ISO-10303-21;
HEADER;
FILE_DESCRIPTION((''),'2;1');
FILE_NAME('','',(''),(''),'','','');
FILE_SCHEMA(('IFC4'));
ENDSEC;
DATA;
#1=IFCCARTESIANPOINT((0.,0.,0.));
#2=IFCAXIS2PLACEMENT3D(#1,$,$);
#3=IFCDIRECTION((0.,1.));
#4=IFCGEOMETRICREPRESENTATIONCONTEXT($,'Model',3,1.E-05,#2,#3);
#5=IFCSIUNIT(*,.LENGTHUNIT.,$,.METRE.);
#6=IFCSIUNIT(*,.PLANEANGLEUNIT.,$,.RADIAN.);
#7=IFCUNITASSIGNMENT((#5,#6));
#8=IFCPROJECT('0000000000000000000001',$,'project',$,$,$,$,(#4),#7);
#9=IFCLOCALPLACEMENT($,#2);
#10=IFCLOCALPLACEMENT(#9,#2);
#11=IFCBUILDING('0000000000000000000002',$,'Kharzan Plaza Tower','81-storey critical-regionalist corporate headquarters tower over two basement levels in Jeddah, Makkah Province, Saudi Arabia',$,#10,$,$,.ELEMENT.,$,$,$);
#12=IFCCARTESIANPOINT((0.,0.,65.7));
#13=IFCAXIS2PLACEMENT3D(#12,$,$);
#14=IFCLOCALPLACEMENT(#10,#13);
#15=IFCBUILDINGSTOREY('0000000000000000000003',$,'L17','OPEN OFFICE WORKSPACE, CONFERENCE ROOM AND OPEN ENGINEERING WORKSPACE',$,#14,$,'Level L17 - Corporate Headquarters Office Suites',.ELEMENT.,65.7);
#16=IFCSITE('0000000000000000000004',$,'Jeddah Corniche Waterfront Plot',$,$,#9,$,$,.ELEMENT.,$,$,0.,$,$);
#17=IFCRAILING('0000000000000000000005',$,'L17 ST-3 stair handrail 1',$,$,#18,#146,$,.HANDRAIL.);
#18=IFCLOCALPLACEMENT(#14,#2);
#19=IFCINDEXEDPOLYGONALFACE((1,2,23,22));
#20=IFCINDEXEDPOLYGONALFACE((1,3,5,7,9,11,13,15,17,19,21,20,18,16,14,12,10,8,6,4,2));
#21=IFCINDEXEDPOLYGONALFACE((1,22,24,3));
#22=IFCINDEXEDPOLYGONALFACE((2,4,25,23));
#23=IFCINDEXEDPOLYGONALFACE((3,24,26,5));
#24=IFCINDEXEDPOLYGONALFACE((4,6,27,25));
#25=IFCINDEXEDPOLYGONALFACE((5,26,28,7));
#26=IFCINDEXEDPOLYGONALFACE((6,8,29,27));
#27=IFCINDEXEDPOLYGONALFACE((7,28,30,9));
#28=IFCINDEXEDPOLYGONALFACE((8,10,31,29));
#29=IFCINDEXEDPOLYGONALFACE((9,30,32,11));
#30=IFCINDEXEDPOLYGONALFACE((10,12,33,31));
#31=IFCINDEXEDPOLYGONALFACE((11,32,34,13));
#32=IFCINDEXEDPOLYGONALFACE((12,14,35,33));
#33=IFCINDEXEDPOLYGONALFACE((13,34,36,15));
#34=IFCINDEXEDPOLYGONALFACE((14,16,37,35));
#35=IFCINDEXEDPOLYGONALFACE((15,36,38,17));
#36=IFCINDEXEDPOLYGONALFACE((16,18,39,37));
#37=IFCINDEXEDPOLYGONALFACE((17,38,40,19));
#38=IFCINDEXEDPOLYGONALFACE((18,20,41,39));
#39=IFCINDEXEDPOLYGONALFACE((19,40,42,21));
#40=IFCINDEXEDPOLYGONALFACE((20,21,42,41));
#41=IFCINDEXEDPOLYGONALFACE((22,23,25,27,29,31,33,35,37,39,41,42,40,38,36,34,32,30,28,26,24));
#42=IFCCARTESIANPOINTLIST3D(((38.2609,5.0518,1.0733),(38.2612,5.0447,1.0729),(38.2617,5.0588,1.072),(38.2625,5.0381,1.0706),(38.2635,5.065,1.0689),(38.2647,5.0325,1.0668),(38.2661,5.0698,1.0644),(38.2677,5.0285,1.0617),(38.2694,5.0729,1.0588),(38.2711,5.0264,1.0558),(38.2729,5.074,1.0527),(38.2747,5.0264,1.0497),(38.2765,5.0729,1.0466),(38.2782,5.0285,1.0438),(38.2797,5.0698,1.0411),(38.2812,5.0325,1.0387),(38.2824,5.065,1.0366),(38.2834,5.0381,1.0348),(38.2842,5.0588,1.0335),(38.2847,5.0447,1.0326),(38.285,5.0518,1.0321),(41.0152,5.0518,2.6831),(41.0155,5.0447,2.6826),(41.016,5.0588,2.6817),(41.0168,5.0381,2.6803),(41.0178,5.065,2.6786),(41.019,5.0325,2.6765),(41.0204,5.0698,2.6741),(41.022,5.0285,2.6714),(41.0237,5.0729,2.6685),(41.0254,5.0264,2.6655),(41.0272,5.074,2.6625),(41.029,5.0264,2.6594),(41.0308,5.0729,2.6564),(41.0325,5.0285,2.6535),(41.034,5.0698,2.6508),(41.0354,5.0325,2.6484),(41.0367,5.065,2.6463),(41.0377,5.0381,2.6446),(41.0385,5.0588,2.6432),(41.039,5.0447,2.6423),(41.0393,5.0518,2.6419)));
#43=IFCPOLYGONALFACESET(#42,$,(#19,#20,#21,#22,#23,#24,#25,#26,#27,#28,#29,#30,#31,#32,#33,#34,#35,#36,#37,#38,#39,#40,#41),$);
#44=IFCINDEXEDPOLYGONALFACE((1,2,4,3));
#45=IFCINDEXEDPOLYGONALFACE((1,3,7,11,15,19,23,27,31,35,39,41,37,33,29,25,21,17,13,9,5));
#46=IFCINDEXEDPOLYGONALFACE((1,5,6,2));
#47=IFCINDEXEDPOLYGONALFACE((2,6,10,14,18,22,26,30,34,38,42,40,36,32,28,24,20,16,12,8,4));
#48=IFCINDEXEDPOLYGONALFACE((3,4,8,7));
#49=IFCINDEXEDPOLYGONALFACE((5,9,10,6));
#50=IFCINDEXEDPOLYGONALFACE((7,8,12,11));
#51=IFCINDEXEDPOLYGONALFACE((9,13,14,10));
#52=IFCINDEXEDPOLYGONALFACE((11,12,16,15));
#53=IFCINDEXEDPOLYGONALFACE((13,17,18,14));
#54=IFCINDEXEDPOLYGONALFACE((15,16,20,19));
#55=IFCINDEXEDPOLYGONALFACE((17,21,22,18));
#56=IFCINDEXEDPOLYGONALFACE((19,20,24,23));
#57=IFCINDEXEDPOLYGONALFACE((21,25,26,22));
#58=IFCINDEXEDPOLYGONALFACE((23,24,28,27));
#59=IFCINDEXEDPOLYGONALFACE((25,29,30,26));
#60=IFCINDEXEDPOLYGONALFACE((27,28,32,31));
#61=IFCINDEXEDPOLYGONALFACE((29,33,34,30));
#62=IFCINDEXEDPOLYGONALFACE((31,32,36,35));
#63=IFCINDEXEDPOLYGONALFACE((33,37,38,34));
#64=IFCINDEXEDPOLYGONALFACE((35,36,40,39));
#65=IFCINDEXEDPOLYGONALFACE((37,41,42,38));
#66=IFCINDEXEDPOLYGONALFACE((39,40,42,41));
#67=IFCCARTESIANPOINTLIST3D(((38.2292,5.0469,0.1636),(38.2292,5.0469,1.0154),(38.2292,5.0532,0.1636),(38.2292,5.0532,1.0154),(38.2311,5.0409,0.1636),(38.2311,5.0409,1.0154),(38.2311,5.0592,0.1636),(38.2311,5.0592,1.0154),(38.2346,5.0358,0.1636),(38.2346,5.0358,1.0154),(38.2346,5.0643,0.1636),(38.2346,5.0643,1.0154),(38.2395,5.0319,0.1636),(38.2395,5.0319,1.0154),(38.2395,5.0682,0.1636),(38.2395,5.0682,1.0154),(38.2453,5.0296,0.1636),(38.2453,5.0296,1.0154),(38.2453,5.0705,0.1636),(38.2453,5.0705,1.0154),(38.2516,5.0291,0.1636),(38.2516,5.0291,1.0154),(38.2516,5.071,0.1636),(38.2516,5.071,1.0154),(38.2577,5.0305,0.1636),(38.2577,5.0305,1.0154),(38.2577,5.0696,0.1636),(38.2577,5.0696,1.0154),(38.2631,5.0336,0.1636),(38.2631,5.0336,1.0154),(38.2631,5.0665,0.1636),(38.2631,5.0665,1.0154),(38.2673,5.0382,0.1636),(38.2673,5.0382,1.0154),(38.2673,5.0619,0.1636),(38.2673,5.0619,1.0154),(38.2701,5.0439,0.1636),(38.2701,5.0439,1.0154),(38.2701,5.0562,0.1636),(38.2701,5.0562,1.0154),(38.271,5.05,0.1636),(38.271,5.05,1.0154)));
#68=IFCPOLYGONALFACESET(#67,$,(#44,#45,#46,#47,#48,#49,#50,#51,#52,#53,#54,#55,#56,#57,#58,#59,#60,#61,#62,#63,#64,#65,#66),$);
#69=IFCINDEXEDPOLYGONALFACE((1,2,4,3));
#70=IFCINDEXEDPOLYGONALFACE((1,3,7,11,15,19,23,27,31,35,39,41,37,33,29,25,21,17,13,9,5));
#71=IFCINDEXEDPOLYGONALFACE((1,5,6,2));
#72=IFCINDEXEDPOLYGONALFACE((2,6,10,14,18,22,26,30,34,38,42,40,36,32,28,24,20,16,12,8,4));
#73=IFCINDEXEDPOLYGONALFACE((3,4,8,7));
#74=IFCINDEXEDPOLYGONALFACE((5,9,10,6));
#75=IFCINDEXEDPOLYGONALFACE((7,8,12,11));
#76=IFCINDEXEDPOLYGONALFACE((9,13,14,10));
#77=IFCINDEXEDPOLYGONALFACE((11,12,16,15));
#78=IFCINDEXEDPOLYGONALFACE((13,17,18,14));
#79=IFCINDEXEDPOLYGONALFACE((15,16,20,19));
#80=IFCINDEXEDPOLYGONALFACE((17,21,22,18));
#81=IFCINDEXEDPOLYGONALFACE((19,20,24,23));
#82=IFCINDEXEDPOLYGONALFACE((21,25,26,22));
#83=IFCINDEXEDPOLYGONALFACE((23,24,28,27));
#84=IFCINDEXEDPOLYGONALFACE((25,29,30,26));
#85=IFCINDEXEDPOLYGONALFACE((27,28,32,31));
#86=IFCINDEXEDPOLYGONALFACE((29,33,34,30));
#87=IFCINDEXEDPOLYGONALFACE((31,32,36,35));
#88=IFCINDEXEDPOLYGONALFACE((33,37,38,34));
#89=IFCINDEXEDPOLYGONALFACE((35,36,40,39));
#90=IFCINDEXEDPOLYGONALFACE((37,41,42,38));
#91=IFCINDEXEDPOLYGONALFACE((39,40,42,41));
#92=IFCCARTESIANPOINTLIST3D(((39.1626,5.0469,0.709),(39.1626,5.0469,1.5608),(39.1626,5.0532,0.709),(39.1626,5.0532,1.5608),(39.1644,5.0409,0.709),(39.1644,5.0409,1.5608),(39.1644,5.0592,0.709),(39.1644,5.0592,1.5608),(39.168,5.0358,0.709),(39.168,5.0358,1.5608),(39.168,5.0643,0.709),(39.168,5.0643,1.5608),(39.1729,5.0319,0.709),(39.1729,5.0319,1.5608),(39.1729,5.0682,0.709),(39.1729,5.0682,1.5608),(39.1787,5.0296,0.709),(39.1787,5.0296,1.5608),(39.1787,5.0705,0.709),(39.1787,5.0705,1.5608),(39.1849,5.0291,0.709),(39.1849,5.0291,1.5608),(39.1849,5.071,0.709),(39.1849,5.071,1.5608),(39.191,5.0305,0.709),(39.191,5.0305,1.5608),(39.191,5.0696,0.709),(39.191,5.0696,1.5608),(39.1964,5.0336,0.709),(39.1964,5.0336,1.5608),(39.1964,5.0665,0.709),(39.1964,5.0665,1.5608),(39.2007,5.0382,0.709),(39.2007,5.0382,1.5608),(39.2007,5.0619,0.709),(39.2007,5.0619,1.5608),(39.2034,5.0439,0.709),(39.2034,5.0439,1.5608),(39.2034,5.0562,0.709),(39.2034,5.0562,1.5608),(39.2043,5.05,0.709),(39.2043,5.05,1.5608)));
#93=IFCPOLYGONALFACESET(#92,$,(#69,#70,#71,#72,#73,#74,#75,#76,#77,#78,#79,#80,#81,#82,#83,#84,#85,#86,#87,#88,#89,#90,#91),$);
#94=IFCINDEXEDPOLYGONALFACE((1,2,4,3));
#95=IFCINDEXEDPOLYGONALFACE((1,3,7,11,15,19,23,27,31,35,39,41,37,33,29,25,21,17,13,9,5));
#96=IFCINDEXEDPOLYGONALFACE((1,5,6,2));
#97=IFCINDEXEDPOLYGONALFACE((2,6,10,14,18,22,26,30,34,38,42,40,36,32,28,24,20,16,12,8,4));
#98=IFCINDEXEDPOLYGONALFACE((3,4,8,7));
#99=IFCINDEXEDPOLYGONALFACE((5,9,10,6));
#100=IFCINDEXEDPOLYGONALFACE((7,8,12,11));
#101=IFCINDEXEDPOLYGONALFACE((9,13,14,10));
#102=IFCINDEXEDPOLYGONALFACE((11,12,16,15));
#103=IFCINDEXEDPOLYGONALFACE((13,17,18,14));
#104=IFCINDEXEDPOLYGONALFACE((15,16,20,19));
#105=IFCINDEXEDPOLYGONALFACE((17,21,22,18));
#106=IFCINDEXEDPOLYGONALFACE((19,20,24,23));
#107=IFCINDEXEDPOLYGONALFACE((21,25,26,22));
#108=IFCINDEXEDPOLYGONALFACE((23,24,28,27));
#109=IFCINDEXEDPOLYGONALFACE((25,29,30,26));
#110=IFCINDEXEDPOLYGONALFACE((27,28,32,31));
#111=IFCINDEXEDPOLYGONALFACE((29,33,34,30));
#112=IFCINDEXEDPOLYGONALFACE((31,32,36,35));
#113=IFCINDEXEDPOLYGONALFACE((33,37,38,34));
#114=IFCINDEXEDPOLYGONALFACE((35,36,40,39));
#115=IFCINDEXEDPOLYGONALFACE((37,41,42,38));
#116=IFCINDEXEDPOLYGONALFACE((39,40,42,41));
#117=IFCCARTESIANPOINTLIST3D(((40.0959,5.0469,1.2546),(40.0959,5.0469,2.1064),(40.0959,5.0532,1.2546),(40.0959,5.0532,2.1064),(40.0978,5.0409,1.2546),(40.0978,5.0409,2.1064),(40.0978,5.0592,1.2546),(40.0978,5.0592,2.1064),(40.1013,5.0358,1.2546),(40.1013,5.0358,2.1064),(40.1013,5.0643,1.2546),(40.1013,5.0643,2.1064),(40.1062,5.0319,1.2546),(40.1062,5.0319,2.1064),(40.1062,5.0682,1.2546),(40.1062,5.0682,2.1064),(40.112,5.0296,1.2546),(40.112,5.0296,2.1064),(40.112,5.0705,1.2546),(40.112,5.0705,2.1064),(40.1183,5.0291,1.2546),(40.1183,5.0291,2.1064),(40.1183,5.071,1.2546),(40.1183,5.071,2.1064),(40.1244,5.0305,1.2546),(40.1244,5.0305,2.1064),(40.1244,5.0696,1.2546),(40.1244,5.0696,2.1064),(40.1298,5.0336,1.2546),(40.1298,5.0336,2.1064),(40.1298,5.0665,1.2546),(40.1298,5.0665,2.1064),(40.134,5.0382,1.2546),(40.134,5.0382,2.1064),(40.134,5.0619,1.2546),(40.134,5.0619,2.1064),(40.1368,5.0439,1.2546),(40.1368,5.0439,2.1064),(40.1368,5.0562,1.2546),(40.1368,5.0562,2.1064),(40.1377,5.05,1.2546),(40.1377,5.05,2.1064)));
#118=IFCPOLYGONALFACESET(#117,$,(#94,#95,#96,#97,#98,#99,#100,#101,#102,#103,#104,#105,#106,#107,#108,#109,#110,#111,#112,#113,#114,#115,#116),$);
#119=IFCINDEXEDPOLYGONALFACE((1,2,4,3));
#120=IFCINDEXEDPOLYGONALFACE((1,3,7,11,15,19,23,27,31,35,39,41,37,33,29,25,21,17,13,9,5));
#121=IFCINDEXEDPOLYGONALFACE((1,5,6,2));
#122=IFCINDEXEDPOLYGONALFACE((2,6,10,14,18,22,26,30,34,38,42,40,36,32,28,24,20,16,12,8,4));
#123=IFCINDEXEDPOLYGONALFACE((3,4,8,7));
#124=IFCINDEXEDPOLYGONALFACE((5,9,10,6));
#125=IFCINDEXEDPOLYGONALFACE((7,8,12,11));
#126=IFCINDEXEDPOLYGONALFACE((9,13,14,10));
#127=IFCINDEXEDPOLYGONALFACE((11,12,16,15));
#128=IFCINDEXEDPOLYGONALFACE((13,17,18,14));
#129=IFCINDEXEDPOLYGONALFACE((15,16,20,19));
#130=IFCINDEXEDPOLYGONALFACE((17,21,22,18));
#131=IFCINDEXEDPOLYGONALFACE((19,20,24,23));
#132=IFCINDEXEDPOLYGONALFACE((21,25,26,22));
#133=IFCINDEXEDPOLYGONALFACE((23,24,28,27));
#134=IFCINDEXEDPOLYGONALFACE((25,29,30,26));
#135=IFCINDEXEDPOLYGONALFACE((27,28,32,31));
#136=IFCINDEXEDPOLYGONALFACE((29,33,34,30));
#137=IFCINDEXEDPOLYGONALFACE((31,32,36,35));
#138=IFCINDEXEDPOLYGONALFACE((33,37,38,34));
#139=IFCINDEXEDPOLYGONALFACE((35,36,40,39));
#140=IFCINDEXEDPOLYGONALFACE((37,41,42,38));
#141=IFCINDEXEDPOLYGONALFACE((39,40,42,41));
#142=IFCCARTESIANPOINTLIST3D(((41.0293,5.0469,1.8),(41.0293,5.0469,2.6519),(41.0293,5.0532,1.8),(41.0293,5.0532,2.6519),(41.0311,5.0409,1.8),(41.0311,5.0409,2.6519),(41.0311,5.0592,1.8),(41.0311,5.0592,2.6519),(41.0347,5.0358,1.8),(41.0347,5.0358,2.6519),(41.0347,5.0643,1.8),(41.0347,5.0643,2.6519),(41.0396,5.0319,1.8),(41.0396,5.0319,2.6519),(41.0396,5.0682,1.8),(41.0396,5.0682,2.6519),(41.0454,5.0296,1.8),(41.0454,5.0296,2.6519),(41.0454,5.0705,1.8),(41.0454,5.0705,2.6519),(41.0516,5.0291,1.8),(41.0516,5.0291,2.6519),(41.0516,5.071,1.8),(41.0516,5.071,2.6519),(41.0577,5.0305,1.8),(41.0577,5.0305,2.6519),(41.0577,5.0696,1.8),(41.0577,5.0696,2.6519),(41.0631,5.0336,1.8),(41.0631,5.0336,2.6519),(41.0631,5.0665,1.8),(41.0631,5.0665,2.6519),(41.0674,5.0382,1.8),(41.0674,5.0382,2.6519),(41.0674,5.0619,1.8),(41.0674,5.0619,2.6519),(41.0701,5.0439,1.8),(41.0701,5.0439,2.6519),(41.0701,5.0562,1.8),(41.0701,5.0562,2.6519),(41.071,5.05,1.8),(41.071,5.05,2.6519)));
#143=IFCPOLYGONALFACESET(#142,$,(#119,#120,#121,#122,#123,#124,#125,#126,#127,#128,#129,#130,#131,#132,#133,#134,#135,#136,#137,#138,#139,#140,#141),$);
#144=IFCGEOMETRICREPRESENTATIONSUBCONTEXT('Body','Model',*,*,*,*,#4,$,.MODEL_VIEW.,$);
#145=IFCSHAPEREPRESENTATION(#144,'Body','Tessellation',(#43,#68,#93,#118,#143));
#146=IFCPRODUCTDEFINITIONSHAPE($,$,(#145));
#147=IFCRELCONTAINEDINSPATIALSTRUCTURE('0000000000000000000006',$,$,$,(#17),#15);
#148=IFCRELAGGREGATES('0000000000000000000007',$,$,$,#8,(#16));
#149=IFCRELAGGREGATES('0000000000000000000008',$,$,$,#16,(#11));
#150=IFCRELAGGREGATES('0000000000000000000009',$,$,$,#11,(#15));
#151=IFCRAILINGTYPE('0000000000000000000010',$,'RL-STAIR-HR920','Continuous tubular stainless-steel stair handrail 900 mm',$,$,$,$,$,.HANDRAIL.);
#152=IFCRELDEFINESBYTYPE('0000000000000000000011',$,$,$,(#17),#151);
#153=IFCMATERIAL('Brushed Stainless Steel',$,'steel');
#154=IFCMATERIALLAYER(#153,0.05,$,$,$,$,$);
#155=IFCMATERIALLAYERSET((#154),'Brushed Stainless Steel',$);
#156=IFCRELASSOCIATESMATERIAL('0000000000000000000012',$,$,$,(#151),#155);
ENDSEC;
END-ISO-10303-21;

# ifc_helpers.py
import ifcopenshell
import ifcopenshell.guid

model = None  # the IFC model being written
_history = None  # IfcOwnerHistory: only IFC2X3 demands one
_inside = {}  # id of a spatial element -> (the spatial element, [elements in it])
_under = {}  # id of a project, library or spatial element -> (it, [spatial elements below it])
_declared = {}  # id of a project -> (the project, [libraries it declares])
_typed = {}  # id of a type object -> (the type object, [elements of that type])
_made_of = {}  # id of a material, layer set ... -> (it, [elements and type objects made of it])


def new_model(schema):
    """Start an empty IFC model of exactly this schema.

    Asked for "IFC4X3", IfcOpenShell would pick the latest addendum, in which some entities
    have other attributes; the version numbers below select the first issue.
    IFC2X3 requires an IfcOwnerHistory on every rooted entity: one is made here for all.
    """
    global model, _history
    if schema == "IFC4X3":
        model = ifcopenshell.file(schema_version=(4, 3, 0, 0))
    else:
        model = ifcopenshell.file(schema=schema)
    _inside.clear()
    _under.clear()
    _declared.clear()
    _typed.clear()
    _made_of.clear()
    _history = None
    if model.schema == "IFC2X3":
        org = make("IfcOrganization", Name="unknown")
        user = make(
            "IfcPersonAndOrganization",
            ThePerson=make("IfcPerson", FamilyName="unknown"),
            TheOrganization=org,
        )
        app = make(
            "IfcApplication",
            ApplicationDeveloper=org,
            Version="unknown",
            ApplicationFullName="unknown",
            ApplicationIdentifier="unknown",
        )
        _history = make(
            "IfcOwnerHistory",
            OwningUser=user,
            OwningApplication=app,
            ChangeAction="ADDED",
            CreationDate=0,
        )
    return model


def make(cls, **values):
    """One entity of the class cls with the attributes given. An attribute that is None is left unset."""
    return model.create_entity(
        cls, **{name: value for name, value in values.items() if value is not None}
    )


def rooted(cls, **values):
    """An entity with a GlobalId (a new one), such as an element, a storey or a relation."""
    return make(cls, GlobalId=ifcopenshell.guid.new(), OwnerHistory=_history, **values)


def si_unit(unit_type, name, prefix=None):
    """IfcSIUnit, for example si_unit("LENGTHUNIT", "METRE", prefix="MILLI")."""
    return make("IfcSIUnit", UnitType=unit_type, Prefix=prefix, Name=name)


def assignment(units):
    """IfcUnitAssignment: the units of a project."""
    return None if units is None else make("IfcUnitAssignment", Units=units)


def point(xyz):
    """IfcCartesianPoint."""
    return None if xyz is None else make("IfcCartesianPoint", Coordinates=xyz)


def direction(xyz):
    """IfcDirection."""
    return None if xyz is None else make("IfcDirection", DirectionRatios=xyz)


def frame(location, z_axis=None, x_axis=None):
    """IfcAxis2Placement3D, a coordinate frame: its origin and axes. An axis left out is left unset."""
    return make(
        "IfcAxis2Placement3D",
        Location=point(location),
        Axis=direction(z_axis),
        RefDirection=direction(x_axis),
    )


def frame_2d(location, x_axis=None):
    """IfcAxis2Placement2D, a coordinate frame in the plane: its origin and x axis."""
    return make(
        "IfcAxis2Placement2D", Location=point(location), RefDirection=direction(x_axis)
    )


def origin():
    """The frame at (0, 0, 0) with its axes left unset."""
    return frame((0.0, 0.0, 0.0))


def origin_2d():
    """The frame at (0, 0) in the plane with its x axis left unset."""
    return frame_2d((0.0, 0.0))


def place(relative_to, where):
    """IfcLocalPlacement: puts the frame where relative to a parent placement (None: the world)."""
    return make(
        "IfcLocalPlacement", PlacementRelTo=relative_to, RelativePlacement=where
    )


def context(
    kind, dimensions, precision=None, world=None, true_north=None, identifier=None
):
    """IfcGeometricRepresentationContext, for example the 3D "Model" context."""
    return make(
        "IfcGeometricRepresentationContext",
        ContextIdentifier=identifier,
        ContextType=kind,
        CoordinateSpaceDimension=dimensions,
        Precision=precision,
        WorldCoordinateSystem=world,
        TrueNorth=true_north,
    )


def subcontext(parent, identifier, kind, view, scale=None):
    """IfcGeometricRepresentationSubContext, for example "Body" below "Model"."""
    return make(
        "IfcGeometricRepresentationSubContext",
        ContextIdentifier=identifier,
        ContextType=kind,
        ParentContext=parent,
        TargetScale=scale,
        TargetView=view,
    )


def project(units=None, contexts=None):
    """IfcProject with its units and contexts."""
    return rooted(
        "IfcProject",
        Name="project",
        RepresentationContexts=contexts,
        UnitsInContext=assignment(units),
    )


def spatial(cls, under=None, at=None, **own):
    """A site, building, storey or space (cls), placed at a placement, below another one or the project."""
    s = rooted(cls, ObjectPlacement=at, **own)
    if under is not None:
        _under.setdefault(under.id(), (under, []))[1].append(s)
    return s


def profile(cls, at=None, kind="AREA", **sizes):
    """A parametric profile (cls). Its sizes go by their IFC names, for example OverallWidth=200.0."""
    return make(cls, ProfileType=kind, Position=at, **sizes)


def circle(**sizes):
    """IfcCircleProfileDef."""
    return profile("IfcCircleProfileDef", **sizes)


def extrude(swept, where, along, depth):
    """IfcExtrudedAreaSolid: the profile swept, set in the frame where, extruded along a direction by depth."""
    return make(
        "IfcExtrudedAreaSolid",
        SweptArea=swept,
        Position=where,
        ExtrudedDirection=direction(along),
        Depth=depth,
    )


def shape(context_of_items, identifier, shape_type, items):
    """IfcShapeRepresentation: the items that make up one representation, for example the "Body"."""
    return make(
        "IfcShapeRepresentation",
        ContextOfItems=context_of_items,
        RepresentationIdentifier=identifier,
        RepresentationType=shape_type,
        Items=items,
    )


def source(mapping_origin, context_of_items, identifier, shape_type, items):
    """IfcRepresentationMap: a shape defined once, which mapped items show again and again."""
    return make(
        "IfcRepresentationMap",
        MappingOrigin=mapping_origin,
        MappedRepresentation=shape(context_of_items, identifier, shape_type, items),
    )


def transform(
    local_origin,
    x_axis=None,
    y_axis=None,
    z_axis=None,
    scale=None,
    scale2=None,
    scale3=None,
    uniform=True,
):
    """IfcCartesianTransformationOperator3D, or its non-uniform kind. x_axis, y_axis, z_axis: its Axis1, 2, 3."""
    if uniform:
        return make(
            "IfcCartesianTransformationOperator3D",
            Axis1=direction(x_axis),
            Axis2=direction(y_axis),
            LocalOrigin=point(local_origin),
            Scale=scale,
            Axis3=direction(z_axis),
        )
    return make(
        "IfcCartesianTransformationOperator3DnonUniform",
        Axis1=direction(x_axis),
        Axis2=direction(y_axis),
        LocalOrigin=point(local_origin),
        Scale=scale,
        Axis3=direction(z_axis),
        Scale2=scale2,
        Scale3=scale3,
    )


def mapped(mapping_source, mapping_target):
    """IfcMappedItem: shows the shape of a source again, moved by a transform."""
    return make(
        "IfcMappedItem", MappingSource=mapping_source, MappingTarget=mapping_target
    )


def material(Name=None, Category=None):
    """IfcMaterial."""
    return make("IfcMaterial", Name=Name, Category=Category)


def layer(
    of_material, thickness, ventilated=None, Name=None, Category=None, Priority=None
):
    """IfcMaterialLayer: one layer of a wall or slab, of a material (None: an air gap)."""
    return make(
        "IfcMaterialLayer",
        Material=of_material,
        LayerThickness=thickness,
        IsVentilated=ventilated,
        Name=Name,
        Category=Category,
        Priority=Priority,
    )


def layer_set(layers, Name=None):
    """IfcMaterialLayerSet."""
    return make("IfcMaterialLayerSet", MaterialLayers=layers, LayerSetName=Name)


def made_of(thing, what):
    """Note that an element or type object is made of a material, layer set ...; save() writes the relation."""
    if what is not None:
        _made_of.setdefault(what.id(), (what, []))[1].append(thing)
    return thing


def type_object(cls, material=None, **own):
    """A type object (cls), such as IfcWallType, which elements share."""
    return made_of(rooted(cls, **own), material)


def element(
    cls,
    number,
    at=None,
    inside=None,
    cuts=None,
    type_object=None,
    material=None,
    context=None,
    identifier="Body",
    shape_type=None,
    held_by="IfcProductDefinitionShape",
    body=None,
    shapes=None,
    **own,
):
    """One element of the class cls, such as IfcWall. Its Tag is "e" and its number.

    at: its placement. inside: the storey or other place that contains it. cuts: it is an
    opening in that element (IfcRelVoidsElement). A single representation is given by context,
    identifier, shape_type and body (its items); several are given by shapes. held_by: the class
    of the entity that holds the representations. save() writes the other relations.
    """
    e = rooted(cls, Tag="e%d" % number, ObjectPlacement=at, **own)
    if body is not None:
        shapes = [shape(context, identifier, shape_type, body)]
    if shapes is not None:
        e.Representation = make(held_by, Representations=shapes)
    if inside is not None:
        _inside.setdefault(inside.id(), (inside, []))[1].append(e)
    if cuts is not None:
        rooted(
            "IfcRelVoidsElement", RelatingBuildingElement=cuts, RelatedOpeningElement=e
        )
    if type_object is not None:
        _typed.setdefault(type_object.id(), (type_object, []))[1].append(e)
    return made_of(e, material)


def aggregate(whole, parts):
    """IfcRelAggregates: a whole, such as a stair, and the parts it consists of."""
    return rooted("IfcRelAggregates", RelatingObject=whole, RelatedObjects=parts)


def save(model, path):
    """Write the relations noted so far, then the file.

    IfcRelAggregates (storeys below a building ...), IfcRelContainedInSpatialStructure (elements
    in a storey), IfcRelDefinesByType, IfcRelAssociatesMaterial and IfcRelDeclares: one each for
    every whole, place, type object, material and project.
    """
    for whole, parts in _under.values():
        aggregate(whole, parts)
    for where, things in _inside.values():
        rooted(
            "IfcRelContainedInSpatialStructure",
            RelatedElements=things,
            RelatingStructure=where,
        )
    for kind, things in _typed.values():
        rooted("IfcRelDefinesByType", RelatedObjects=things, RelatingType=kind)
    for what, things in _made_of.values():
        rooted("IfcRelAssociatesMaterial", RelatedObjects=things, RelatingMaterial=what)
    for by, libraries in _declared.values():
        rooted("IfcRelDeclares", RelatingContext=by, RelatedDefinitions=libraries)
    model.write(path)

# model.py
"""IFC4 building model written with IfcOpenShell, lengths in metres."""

from ifc_helpers import new_model, si_unit, direction, frame, origin, origin_2d, place, context, subcontext, project, spatial, circle, extrude, source, transform, mapped, material, layer, layer_set, type_object, element, save


model = new_model("IFC4")

# Units and contexts
model_context = context("Model", 3, precision=1e-05, world=origin(), true_north=direction((0.0, 1.0)))
body_context = subcontext(model_context, "Body", "Model", "MODEL_VIEW")
ifc_project = project(units=[si_unit("LENGTHUNIT", "METRE"), si_unit("PLANEANGLEUNIT", "RADIAN")], contexts=[model_context])

# Site, building, storey
site_placement = place(None, origin())
site = spatial("IfcSite", under=ifc_project, at=site_placement, Name="Jeddah Corniche Waterfront Plot", CompositionType="ELEMENT", RefElevation=0.0)
building_placement = place(site_placement, origin())
building = spatial("IfcBuilding", under=site, at=building_placement, Name="Kharzan Plaza Tower", Description="81-storey critical-regionalist corporate headquarters tower over two basement levels in Jeddah, Makkah Province, Saudi Arabia", CompositionType="ELEMENT")
storey_placement = place(building_placement, frame((0.0, 0.0, 65.7)))
storey = spatial("IfcBuildingStorey", under=building, at=storey_placement, Name="L17", Description="OPEN OFFICE WORKSPACE, CONFERENCE ROOM AND OPEN ENGINEERING WORKSPACE", LongName="Level L17 - Corporate Headquarters Office Suites", CompositionType="ELEMENT", Elevation=65.7)

# Shared definitions
ifc_material_1 = material(Name="Brushed Stainless Steel", Category="steel")

# Railing
ifc_layer_1 = layer(ifc_material_1, 0.05)
ifc_layer_set_1 = layer_set([ifc_layer_1], Name="Brushed Stainless Steel")
railing_type_1 = type_object("IfcRailingType", Name="RL-STAIR-HR920", Description="Continuous tubular stainless-steel stair handrail 900 mm", PredefinedType="HANDRAIL", material=ifc_layer_set_1)
shared_shape_1 = source(origin(), body_context, "Body", "SweptSolid", [
    extrude(circle(Radius=0.0239, at=origin_2d()), frame((0.0229, 0.0, 0.8892), z_axis=(0.863361, 0.0, 0.504587), x_axis=(0.0, 1.0, 0.0)), (0.0, 0.0, 1.0), 3.1902),
    extrude(circle(Radius=0.021, at=origin_2d()), origin(), (0.0, 0.0, 1.0), 0.8518),
    extrude(circle(Radius=0.021, at=origin_2d()), frame((0.9333, 0.0, 0.5454)), (0.0, 0.0, 1.0), 0.8518),
    extrude(circle(Radius=0.021, at=origin_2d()), frame((1.8667, 0.0, 1.0911)), (0.0, 0.0, 1.0), 0.8518),
    extrude(circle(Radius=0.021, at=origin_2d()), frame((2.8, 0.0, 1.6365)), (0.0, 0.0, 1.0), 0.8518),
])
railing_1_placement = place(storey_placement, frame((38.25, 5.05, 0.1636)))
element("IfcRailing", 1, at=railing_1_placement, inside=storey, type_object=railing_type_1, Name="L17 ST-3 stair handrail 1", PredefinedType="HANDRAIL", context=body_context, shape_type="MappedRepresentation", body=[
    mapped(shared_shape_1, transform((0.0, 0.0, 0.0), x_axis=(1.0, 0.0, 0.0), y_axis=(0.0, 1.0, 0.0), z_axis=(0.0, 0.0, 1.0))),
])

save(model, "model.ifc")
